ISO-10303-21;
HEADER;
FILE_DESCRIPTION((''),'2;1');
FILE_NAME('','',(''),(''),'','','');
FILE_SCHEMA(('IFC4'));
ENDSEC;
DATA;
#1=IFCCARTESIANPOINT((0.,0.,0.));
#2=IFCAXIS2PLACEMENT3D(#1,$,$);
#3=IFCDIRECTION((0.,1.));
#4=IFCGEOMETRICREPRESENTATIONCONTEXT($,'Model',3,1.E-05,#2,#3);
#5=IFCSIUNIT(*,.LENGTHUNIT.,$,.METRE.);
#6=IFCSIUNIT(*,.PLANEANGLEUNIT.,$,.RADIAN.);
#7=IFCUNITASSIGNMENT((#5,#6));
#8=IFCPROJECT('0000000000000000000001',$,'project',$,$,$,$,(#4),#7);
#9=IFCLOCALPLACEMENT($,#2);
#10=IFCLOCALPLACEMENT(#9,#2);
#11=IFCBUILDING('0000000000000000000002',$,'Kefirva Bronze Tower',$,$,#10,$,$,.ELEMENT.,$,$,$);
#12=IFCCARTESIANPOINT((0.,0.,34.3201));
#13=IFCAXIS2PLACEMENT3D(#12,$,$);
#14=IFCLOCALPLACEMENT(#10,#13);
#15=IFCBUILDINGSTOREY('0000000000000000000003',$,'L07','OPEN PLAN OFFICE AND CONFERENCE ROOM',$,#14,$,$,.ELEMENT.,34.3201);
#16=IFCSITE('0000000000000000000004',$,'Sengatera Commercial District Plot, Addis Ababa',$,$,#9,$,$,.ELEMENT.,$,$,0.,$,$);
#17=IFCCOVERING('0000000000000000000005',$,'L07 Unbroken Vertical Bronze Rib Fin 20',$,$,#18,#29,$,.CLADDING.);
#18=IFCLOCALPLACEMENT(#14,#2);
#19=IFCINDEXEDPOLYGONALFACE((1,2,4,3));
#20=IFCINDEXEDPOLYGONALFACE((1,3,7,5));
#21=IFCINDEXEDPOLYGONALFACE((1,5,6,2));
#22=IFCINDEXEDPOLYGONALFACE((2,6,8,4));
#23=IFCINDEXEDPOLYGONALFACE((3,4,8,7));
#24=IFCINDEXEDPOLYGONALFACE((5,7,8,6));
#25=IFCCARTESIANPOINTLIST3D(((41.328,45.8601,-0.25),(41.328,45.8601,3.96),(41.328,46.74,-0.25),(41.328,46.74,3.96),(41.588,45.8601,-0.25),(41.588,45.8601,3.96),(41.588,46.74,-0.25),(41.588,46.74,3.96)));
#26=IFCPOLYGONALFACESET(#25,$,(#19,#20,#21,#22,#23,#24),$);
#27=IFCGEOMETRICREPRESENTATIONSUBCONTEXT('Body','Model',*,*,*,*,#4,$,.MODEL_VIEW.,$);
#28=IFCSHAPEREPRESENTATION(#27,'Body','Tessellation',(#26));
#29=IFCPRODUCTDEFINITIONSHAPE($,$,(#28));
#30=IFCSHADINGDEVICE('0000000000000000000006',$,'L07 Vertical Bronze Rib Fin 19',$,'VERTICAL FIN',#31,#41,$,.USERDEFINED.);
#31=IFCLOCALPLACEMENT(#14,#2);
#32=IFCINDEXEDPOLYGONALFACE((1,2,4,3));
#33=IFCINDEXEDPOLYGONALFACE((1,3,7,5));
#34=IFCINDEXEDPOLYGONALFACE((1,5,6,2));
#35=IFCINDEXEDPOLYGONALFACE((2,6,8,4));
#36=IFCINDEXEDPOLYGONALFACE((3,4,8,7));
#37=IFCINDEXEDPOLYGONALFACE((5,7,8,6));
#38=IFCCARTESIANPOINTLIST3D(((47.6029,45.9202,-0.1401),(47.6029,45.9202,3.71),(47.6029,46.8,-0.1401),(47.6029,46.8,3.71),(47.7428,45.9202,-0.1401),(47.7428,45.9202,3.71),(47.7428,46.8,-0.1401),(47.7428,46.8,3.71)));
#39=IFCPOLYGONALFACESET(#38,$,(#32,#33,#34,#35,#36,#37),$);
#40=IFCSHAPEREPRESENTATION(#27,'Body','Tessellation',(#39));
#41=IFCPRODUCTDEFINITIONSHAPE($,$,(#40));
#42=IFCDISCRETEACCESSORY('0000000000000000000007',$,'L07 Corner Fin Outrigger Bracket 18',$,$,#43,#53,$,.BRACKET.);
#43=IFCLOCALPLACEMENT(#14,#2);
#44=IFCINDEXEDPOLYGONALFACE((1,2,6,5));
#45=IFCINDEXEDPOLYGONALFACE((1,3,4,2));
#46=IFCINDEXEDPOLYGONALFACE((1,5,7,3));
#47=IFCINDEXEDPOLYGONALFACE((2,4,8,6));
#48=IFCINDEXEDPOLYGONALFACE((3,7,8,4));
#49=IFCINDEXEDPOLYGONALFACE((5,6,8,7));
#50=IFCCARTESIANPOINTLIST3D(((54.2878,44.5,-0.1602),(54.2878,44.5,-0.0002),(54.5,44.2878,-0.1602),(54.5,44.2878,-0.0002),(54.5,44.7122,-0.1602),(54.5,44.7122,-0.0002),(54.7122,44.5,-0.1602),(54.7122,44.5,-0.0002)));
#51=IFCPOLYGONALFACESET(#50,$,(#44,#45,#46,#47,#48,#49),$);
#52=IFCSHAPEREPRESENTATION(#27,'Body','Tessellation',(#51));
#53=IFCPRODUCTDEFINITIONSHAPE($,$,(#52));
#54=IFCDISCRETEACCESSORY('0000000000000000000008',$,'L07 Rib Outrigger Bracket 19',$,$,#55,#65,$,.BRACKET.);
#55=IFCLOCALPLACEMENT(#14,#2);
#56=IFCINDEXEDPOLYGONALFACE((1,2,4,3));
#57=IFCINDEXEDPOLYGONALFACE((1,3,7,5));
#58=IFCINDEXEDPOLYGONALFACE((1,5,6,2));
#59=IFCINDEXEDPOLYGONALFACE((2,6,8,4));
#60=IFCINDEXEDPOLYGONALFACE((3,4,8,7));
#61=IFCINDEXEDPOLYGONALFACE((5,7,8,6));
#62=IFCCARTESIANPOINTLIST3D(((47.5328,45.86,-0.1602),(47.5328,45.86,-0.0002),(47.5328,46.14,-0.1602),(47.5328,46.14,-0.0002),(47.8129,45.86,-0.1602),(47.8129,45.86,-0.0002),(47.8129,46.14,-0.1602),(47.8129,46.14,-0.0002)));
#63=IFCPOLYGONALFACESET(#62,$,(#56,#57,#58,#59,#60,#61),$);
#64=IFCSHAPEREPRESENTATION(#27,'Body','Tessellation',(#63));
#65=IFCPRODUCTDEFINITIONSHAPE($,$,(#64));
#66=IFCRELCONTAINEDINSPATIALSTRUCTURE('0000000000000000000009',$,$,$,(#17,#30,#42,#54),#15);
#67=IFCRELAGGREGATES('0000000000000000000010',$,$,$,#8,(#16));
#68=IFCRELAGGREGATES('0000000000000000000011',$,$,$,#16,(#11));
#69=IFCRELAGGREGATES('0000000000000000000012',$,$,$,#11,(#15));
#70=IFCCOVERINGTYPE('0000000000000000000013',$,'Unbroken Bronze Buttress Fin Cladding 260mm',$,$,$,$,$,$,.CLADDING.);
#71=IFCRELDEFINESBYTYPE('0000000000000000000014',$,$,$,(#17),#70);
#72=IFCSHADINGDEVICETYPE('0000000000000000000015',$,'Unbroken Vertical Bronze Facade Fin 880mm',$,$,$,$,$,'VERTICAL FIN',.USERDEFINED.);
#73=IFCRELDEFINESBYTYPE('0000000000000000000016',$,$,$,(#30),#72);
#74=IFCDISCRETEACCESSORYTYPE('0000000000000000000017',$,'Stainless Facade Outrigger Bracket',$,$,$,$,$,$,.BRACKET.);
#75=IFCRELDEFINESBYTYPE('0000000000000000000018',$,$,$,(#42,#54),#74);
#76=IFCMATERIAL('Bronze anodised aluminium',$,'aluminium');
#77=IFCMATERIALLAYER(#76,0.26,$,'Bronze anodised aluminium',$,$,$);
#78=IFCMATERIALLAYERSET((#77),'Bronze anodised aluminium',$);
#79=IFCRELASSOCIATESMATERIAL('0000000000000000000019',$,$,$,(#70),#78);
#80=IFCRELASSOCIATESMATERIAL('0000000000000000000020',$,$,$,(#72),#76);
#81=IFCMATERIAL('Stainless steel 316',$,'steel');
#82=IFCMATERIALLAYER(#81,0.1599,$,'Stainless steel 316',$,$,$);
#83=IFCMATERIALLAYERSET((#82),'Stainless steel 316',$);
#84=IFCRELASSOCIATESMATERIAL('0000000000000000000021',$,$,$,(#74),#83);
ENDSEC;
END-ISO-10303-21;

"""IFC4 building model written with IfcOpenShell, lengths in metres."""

from ifc_helpers import new_model, si_unit, direction, frame, origin, origin_2d, place, context, subcontext, project, spatial, rectangle, extrude, material, layer, layer_set, material_profile, profile_set, type_object, element, save


model = new_model("IFC4")

# Units and contexts
model_context = context("Model", 3, precision=1e-05, world=origin(), true_north=direction((0.0, 1.0)))
body_context = subcontext(model_context, "Body", "Model", "MODEL_VIEW")
ifc_project = project(units=[si_unit("LENGTHUNIT", "METRE"), si_unit("PLANEANGLEUNIT", "RADIAN")], contexts=[model_context])

# Site, building, storey
site_placement = place(None, origin())
site = spatial("IfcSite", under=ifc_project, at=site_placement, Name="Sengatera Commercial District Plot, Addis Ababa", CompositionType="ELEMENT", RefElevation=0.0)
building_placement = place(site_placement, origin())
building = spatial("IfcBuilding", under=site, at=building_placement, Name="Kefirva Bronze Tower", CompositionType="ELEMENT")
storey_placement = place(building_placement, frame((0.0, 0.0, 34.3201)))
storey = spatial("IfcBuildingStorey", under=building, at=storey_placement, Name="L07", Description="OPEN PLAN OFFICE AND CONFERENCE ROOM", CompositionType="ELEMENT", Elevation=34.3201)

# Shared definitions
ifc_material_1 = material(Name="Bronze anodised aluminium", Category="aluminium")

# Covering
ifc_layer_1 = layer(ifc_material_1, 0.26, Name="Bronze anodised aluminium")
ifc_layer_set_1 = layer_set([ifc_layer_1], Name="Bronze anodised aluminium")
covering_type_1 = type_object("IfcCoveringType", Name="Unbroken Bronze Buttress Fin Cladding 260mm", PredefinedType="CLADDING", material=ifc_layer_set_1)
for number, where, z_axis, x_axis, name in (
    (1, (41.458, 46.3, -0.25), (0.0, 0.0, 1.0), (-1.0, 0.0, 0.0), "L07 Unbroken Vertical Bronze Rib Fin 20"),
):
    element("IfcCovering", number, at=place(storey_placement, frame(where, z_axis=z_axis, x_axis=x_axis)), inside=storey, type_object=covering_type_1, Name=name, PredefinedType="CLADDING", context=body_context, shape_type="SweptSolid", body=[
        extrude(rectangle(XDim=0.26, YDim=0.8799, at=origin_2d()), origin(), (0.0, 0.0, 1.0), 4.21),
    ])

# Shading device
ifc_material_profile_1 = material_profile(ifc_material_1, rectangle(XDim=0.1399, YDim=0.8799, at=origin_2d()), Name="BRONZE FIN 140x880")
ifc_profile_set_1 = profile_set([ifc_material_profile_1], Name="Bronze anodised aluminium")
shading_device_type_1 = type_object("IfcShadingDeviceType", Name="Unbroken Vertical Bronze Facade Fin 880mm", ElementType="VERTICAL FIN", PredefinedType="USERDEFINED", material=ifc_profile_set_1)
shading_device_1_placement = place(storey_placement, frame((47.6729, 46.3601, -0.1401), z_axis=(0.0, 0.0, 1.0), x_axis=(-1.0, 0.0, 0.0)))
element("IfcShadingDevice", 2, at=shading_device_1_placement, inside=storey, type_object=shading_device_type_1, Name="L07 Vertical Bronze Rib Fin 19", ObjectType="VERTICAL FIN", PredefinedType="USERDEFINED", context=body_context, shape_type="SweptSolid", body=[
    extrude(rectangle(XDim=0.1399, YDim=0.8799, at=origin_2d()), origin(), (0.0, 0.0, 1.0), 3.8501),
])

# Discrete accessories
ifc_material_2 = material(Name="Stainless steel 316", Category="steel")
ifc_layer_2 = layer(ifc_material_2, 0.1599, Name="Stainless steel 316")
ifc_layer_set_2 = layer_set([ifc_layer_2], Name="Stainless steel 316")
discrete_accessory_type = type_object("IfcDiscreteAccessoryType", Name="Stainless Facade Outrigger Bracket", PredefinedType="BRACKET", material=ifc_layer_set_2)
discrete_accessory_1_placement = place(storey_placement, frame((54.5, 44.5, -0.1602), z_axis=(0.0, 0.0, 1.0), x_axis=(-0.707107, 0.707107, 0.0)))
element("IfcDiscreteAccessory", 3, at=discrete_accessory_1_placement, inside=storey, type_object=discrete_accessory_type, Name="L07 Corner Fin Outrigger Bracket 18", PredefinedType="BRACKET", context=body_context, shape_type="SweptSolid", body=[
    extrude(rectangle(XDim=0.3, YDim=0.3, at=origin_2d()), origin(), (0.0, 0.0, 1.0), 0.1599),
])
discrete_accessory_2_placement = place(storey_placement, frame((47.6729, 46.0, -0.1602), z_axis=(0.0, 0.0, 1.0), x_axis=(-1.0, 0.0, 0.0)))
element("IfcDiscreteAccessory", 4, at=discrete_accessory_2_placement, inside=storey, type_object=discrete_accessory_type, Name="L07 Rib Outrigger Bracket 19", PredefinedType="BRACKET", context=body_context, shape_type="SweptSolid", body=[
    extrude(rectangle(XDim=0.28, YDim=0.28, at=origin_2d()), origin(), (0.0, 0.0, 1.0), 0.1599),
])

save(model, "model.ifc")
